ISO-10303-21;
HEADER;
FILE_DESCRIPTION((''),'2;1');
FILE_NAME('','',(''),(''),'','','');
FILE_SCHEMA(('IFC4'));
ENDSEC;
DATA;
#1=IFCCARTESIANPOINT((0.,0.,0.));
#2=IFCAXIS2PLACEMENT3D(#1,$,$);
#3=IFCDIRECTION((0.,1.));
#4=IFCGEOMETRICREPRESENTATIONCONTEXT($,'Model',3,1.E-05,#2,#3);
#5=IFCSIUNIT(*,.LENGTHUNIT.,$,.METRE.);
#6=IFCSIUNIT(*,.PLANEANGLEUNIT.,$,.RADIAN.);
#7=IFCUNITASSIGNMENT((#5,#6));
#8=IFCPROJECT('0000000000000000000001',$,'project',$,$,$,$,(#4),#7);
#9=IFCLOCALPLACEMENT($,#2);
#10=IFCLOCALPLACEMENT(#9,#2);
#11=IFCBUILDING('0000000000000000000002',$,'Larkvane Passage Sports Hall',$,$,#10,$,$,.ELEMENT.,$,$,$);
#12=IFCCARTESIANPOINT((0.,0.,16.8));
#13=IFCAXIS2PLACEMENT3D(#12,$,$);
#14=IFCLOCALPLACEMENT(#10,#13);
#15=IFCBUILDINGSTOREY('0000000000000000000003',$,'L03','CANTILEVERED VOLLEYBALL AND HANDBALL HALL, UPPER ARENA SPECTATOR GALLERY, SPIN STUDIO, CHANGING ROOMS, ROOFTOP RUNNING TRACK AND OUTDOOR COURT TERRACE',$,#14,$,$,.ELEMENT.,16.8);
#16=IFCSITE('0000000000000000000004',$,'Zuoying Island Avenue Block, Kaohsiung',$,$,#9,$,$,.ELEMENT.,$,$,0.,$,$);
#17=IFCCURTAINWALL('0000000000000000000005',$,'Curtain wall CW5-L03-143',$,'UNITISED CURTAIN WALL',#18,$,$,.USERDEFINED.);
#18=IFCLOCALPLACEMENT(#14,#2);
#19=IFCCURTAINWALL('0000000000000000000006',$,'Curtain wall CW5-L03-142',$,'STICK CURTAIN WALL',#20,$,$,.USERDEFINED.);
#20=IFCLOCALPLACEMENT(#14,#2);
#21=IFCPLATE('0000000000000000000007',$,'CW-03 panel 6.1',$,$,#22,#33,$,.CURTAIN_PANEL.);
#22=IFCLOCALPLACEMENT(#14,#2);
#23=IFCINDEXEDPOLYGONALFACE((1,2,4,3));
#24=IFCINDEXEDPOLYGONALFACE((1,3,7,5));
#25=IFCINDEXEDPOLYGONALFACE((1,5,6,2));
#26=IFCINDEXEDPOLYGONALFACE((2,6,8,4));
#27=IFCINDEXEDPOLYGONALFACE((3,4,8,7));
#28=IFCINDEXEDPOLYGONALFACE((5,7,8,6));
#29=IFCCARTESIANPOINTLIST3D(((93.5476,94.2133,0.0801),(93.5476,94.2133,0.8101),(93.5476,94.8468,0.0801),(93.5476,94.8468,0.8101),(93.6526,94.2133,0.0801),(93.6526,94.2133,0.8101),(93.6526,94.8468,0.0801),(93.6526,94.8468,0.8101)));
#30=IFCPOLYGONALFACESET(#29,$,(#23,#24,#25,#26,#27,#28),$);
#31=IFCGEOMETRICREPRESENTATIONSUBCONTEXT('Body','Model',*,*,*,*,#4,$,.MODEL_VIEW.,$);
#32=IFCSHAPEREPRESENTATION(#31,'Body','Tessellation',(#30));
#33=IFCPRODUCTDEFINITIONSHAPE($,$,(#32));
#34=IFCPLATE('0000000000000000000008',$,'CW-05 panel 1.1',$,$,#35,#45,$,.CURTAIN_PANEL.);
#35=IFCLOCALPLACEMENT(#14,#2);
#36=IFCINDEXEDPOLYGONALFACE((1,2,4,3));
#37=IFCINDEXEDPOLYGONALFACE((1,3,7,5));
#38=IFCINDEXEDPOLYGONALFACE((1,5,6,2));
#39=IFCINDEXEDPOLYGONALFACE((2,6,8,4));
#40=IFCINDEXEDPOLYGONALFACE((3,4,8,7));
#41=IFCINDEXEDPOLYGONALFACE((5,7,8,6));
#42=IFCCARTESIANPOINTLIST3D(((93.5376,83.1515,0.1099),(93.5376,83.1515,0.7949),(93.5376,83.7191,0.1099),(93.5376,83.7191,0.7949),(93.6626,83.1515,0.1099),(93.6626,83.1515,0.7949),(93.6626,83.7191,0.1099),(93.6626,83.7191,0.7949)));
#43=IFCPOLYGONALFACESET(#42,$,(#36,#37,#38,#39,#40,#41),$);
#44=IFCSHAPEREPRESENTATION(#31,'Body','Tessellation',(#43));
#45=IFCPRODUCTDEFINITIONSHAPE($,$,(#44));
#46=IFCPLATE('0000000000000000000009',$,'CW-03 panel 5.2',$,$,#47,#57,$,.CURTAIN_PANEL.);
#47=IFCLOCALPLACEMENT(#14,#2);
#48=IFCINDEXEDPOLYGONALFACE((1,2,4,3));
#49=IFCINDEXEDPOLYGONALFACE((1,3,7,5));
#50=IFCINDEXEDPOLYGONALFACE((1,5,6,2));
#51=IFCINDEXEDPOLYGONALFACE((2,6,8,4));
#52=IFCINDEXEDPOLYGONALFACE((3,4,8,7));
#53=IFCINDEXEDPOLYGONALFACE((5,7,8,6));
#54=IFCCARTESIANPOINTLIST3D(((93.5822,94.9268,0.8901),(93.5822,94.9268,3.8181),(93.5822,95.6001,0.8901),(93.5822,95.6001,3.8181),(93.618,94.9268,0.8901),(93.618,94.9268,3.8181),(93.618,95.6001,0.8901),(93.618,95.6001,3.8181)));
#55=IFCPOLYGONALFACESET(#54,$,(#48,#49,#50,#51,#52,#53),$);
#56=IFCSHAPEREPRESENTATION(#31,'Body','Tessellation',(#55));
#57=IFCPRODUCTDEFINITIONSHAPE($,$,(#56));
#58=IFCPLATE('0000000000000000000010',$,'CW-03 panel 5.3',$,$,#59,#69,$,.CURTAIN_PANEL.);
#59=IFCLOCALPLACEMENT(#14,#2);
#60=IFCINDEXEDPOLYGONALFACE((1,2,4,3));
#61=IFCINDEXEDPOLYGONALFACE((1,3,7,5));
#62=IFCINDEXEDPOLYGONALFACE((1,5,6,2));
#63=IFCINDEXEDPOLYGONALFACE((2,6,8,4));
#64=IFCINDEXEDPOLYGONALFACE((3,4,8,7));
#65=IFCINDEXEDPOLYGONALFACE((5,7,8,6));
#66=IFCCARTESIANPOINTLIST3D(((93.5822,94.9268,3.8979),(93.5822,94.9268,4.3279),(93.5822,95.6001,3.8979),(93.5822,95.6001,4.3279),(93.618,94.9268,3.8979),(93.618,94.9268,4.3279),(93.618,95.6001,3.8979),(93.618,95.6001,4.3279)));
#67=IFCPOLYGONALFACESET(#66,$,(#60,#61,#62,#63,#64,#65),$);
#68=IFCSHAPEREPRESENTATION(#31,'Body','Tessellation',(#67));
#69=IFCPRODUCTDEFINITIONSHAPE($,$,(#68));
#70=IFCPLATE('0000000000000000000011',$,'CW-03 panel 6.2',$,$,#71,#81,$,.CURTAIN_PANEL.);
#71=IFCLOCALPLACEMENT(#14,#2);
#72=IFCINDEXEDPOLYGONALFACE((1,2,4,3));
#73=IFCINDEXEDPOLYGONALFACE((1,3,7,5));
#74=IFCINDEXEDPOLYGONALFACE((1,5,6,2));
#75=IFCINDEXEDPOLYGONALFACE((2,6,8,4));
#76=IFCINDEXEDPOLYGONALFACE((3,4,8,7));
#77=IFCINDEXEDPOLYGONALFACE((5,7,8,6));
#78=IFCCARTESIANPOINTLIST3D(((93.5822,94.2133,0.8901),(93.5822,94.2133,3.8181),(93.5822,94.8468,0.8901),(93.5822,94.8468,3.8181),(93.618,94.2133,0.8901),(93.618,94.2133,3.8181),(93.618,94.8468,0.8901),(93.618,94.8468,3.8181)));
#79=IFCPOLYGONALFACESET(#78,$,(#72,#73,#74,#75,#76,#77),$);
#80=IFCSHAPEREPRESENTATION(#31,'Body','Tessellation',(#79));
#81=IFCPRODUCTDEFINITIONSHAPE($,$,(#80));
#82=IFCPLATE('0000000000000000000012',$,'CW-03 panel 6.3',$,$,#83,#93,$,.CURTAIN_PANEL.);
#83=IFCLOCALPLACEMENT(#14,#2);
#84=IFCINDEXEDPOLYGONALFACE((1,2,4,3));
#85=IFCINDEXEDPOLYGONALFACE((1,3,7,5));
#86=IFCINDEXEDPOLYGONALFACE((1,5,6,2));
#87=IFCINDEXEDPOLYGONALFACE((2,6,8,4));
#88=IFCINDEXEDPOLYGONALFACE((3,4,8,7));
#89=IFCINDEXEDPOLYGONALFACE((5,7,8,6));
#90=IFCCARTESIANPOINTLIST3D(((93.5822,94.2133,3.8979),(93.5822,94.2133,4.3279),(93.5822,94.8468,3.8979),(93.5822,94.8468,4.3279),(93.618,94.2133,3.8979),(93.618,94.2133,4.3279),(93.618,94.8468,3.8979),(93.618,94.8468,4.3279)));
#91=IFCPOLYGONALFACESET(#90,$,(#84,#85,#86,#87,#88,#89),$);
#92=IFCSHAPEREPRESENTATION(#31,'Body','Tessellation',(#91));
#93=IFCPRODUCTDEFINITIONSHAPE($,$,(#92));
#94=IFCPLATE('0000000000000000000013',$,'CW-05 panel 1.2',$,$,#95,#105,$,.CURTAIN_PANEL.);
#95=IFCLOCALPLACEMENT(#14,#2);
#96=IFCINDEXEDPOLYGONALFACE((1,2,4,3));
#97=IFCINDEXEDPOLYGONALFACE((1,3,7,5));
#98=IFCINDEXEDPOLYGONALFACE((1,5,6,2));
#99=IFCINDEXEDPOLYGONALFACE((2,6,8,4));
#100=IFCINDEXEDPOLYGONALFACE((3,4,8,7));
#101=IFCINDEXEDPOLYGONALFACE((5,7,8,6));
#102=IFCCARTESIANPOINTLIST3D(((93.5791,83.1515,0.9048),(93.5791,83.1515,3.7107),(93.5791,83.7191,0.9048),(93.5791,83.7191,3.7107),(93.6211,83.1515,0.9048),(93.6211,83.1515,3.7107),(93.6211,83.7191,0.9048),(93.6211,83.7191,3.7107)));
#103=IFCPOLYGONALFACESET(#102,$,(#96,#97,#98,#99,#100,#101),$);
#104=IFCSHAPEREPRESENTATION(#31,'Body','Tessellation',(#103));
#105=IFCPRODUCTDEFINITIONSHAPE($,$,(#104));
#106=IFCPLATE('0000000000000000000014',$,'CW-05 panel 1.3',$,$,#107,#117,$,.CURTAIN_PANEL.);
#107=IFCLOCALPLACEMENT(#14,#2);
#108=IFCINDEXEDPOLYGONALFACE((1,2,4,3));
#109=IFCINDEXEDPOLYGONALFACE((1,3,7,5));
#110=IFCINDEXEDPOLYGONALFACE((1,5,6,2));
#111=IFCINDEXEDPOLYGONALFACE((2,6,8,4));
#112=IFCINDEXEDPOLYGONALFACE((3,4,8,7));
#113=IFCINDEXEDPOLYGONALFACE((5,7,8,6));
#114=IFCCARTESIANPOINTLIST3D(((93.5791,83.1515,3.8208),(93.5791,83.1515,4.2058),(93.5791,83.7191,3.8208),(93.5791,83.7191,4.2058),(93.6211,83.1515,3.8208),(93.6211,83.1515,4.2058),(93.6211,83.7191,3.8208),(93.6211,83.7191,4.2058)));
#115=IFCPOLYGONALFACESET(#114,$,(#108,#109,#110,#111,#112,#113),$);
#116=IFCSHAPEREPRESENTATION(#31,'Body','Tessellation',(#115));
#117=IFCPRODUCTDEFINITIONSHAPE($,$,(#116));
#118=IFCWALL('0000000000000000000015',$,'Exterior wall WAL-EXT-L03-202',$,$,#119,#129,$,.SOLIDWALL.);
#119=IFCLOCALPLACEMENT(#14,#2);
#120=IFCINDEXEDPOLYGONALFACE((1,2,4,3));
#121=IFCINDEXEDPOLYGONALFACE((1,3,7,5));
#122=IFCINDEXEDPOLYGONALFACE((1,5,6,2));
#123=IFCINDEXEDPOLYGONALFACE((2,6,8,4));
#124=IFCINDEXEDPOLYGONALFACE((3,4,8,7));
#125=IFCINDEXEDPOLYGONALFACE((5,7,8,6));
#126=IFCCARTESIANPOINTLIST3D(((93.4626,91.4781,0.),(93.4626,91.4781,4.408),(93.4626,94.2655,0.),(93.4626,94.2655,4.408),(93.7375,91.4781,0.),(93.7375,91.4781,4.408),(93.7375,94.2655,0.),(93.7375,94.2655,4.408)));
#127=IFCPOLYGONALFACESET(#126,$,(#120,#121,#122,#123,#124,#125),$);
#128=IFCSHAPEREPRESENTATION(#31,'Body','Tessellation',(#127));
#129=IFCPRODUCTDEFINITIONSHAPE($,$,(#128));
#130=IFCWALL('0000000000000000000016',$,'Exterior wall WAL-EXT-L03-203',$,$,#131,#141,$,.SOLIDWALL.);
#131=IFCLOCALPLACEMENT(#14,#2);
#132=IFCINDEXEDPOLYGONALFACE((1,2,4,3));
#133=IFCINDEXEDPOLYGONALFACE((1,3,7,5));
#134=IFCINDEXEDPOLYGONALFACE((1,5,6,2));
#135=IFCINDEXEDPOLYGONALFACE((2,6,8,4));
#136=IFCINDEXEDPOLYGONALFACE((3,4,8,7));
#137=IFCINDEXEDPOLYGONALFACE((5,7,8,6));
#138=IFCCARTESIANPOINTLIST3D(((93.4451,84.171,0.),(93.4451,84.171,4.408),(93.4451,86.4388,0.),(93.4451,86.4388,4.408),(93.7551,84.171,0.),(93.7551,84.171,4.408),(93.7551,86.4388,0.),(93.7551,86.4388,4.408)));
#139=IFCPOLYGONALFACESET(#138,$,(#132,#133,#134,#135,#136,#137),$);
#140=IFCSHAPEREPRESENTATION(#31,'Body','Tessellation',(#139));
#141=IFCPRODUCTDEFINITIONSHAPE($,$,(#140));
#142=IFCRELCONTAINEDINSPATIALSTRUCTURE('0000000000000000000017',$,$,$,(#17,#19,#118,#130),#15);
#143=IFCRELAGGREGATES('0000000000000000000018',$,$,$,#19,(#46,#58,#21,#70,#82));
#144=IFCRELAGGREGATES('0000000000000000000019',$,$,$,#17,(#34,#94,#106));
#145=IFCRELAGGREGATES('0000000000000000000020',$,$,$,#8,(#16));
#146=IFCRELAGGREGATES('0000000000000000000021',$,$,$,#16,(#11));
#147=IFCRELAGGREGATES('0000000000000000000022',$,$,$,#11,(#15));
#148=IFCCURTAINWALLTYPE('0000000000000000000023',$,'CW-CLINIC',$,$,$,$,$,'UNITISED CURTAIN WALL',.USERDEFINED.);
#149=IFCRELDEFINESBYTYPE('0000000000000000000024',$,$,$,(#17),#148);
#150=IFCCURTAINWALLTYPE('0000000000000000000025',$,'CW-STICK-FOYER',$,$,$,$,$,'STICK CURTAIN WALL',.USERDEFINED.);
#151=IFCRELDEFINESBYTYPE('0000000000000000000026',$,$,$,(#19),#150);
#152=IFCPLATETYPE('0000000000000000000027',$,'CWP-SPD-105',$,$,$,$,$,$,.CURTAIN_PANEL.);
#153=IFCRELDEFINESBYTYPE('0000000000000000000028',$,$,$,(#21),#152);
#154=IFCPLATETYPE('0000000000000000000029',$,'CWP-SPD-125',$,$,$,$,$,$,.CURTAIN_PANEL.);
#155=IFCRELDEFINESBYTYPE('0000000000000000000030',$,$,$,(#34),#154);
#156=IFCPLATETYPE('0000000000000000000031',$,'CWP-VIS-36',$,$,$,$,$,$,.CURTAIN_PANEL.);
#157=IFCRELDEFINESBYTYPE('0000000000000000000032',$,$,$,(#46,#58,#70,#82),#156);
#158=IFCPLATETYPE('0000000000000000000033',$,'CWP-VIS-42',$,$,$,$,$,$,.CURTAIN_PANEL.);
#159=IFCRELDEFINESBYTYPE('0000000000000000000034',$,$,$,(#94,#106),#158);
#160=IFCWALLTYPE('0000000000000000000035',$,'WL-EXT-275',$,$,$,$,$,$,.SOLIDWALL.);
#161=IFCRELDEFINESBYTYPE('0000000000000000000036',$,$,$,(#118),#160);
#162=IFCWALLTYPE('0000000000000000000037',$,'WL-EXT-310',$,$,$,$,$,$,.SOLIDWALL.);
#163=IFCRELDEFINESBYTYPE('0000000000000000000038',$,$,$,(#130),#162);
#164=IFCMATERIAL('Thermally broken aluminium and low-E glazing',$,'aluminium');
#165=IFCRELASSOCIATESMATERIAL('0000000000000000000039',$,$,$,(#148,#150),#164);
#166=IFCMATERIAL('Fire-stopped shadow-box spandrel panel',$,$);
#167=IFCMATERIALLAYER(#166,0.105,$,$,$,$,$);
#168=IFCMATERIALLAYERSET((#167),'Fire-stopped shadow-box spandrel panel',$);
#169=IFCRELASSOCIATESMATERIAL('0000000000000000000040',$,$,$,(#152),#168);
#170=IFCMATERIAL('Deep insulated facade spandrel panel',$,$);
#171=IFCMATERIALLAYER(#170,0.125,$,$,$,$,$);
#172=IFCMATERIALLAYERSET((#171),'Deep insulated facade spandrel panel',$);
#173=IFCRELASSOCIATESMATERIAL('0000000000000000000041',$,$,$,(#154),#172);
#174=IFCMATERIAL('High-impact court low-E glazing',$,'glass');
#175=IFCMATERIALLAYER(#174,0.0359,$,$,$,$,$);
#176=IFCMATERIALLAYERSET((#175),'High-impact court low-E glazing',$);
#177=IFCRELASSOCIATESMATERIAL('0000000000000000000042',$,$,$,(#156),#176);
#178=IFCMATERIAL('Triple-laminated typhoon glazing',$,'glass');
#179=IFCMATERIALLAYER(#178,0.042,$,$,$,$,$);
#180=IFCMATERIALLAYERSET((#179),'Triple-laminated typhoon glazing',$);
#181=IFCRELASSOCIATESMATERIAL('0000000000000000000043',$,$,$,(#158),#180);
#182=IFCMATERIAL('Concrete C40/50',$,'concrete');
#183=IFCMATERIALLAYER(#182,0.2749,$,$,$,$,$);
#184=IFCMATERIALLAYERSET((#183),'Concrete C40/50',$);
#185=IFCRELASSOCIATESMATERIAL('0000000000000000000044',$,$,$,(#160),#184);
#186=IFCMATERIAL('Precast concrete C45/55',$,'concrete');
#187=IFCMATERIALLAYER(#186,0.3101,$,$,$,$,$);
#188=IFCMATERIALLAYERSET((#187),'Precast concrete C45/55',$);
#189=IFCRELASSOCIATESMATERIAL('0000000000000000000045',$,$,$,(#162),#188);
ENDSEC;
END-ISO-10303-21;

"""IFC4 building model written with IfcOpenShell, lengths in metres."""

from ifc_helpers import new_model, si_unit, direction, frame, frame_2d, origin, origin_2d, place, context, subcontext, project, spatial, rectangle, extrude, material, layer, layer_set, type_object, element, aggregate, save


model = new_model("IFC4")

# Units and contexts
model_context = context("Model", 3, precision=1e-05, world=origin(), true_north=direction((0.0, 1.0)))
body_context = subcontext(model_context, "Body", "Model", "MODEL_VIEW")
ifc_project = project(units=[si_unit("LENGTHUNIT", "METRE"), si_unit("PLANEANGLEUNIT", "RADIAN")], contexts=[model_context])

# Site, building, storey
site_placement = place(None, origin())
site = spatial("IfcSite", under=ifc_project, at=site_placement, Name="Zuoying Island Avenue Block, Kaohsiung", CompositionType="ELEMENT", RefElevation=0.0)
building_placement = place(site_placement, origin())
building = spatial("IfcBuilding", under=site, at=building_placement, Name="Larkvane Passage Sports Hall", CompositionType="ELEMENT")
storey_placement = place(building_placement, frame((0.0, 0.0, 16.8)))
storey = spatial("IfcBuildingStorey", under=building, at=storey_placement, Name="L03", Description="CANTILEVERED VOLLEYBALL AND HANDBALL HALL, UPPER ARENA SPECTATOR GALLERY, SPIN STUDIO, CHANGING ROOMS, ROOFTOP RUNNING TRACK AND OUTDOOR COURT TERRACE", CompositionType="ELEMENT", Elevation=16.8)

# Curtain walls
ifc_material_1 = material(Name="Thermally broken aluminium and low-E glazing", Category="aluminium")
curtain_wall_type_1 = type_object("IfcCurtainWallType", Name="CW-CLINIC", ElementType="UNITISED CURTAIN WALL", PredefinedType="USERDEFINED", material=ifc_material_1)
curtain_wall_1_placement = place(storey_placement, origin())
curtain_wall_1 = element("IfcCurtainWall", 1, at=curtain_wall_1_placement, inside=storey, type_object=curtain_wall_type_1, Name="Curtain wall CW5-L03-143", ObjectType="UNITISED CURTAIN WALL", PredefinedType="USERDEFINED")
curtain_wall_type_2 = type_object("IfcCurtainWallType", Name="CW-STICK-FOYER", ElementType="STICK CURTAIN WALL", PredefinedType="USERDEFINED", material=ifc_material_1)
curtain_wall_2_placement = place(storey_placement, origin())
curtain_wall_2 = element("IfcCurtainWall", 2, at=curtain_wall_2_placement, inside=storey, type_object=curtain_wall_type_2, Name="Curtain wall CW5-L03-142", ObjectType="STICK CURTAIN WALL", PredefinedType="USERDEFINED")

# Plates
ifc_material_2 = material(Name="Fire-stopped shadow-box spandrel panel")
ifc_layer_1 = layer(ifc_material_2, 0.105)
ifc_layer_set_1 = layer_set([ifc_layer_1], Name="Fire-stopped shadow-box spandrel panel")
plate_type_1 = type_object("IfcPlateType", Name="CWP-SPD-105", PredefinedType="CURTAIN_PANEL", material=ifc_layer_set_1)
plate_1_placement = place(storey_placement, frame((93.6001, 94.53, 0.0801), z_axis=(0.0, 0.0, 1.0), x_axis=(0.0, -1.0, 0.0)))
plate_1 = element("IfcPlate", 3, at=plate_1_placement, type_object=plate_type_1, Name="CW-03 panel 6.1", PredefinedType="CURTAIN_PANEL", context=body_context, shape_type="SweptSolid", body=[
    extrude(rectangle(XDim=0.6335, YDim=0.105, at=origin_2d()), origin(), (0.0, 0.0, 1.0), 0.73),
])
ifc_material_3 = material(Name="Deep insulated facade spandrel panel")
ifc_layer_2 = layer(ifc_material_3, 0.125)
ifc_layer_set_2 = layer_set([ifc_layer_2], Name="Deep insulated facade spandrel panel")
plate_type_2 = type_object("IfcPlateType", Name="CWP-SPD-125", PredefinedType="CURTAIN_PANEL", material=ifc_layer_set_2)
plate_2_placement = place(storey_placement, frame((93.6001, 83.4353, 0.1099), z_axis=(0.0, 0.0, 1.0), x_axis=(0.0, -1.0, 0.0)))
plate_2 = element("IfcPlate", 4, at=plate_2_placement, type_object=plate_type_2, Name="CW-05 panel 1.1", PredefinedType="CURTAIN_PANEL", context=body_context, shape_type="SweptSolid", body=[
    extrude(rectangle(XDim=0.5676, YDim=0.125, at=origin_2d()), origin(), (0.0, 0.0, 1.0), 0.6851),
])
ifc_material_4 = material(Name="High-impact court low-E glazing", Category="glass")
ifc_layer_3 = layer(ifc_material_4, 0.0359)
ifc_layer_set_3 = layer_set([ifc_layer_3], Name="High-impact court low-E glazing")
plate_type_3 = type_object("IfcPlateType", Name="CWP-VIS-36", PredefinedType="CURTAIN_PANEL", material=ifc_layer_set_3)
plate_3_placement = place(storey_placement, frame((93.6001, 95.2634, 0.8901), z_axis=(0.0, 0.0, 1.0), x_axis=(0.0, -1.0, 0.0)))
plate_3 = element("IfcPlate", 5, at=plate_3_placement, type_object=plate_type_3, Name="CW-03 panel 5.2", PredefinedType="CURTAIN_PANEL", context=body_context, shape_type="SweptSolid", body=[
    extrude(rectangle(XDim=0.6733, YDim=0.0359, at=origin_2d()), origin(), (0.0, 0.0, 1.0), 2.928),
])
plate_4_placement = place(storey_placement, frame((93.6001, 95.2634, 3.8979), z_axis=(0.0, 0.0, 1.0), x_axis=(0.0, -1.0, 0.0)))
plate_4 = element("IfcPlate", 6, at=plate_4_placement, type_object=plate_type_3, Name="CW-03 panel 5.3", PredefinedType="CURTAIN_PANEL", context=body_context, shape_type="SweptSolid", body=[
    extrude(rectangle(XDim=0.6733, YDim=0.0359, at=origin_2d()), origin(), (0.0, 0.0, 1.0), 0.4299),
])
plate_5_placement = place(storey_placement, frame((93.6001, 94.53, 0.8901), z_axis=(0.0, 0.0, 1.0), x_axis=(0.0, -1.0, 0.0)))
plate_5 = element("IfcPlate", 7, at=plate_5_placement, type_object=plate_type_3, Name="CW-03 panel 6.2", PredefinedType="CURTAIN_PANEL", context=body_context, shape_type="SweptSolid", body=[
    extrude(rectangle(XDim=0.6335, YDim=0.0359, at=origin_2d()), origin(), (0.0, 0.0, 1.0), 2.928),
])
plate_6_placement = place(storey_placement, frame((93.6001, 94.53, 3.8979), z_axis=(0.0, 0.0, 1.0), x_axis=(0.0, -1.0, 0.0)))
plate_6 = element("IfcPlate", 8, at=plate_6_placement, type_object=plate_type_3, Name="CW-03 panel 6.3", PredefinedType="CURTAIN_PANEL", context=body_context, shape_type="SweptSolid", body=[
    extrude(rectangle(XDim=0.6335, YDim=0.0359, at=origin_2d()), origin(), (0.0, 0.0, 1.0), 0.4299),
])
aggregate(curtain_wall_2, [plate_3, plate_4, plate_1, plate_5, plate_6])
ifc_material_5 = material(Name="Triple-laminated typhoon glazing", Category="glass")
ifc_layer_4 = layer(ifc_material_5, 0.042)
ifc_layer_set_4 = layer_set([ifc_layer_4], Name="Triple-laminated typhoon glazing")
plate_type_4 = type_object("IfcPlateType", Name="CWP-VIS-42", PredefinedType="CURTAIN_PANEL", material=ifc_layer_set_4)
plate_7_placement = place(storey_placement, frame((93.6001, 83.4353, 0.9048), z_axis=(0.0, 0.0, 1.0), x_axis=(0.0, -1.0, 0.0)))
plate_7 = element("IfcPlate", 9, at=plate_7_placement, type_object=plate_type_4, Name="CW-05 panel 1.2", PredefinedType="CURTAIN_PANEL", context=body_context, shape_type="SweptSolid", body=[
    extrude(rectangle(XDim=0.5676, YDim=0.042, at=origin_2d()), origin(), (0.0, 0.0, 1.0), 2.8059),
])
plate_8_placement = place(storey_placement, frame((93.6001, 83.4353, 3.8208), z_axis=(0.0, 0.0, 1.0), x_axis=(0.0, -1.0, 0.0)))
plate_8 = element("IfcPlate", 10, at=plate_8_placement, type_object=plate_type_4, Name="CW-05 panel 1.3", PredefinedType="CURTAIN_PANEL", context=body_context, shape_type="SweptSolid", body=[
    extrude(rectangle(XDim=0.5676, YDim=0.042, at=origin_2d()), origin(), (0.0, 0.0, 1.0), 0.385),
])
aggregate(curtain_wall_1, [plate_2, plate_7, plate_8])

# Walls
ifc_material_6 = material(Name="Concrete C40/50", Category="concrete")
ifc_layer_5 = layer(ifc_material_6, 0.2749)
ifc_layer_set_5 = layer_set([ifc_layer_5], Name="Concrete C40/50")
wall_type_1 = type_object("IfcWallType", Name="WL-EXT-275", PredefinedType="SOLIDWALL", material=ifc_layer_set_5)
wall_1_placement = place(storey_placement, frame((93.6001, 94.2654, 0.0), z_axis=(0.0, 0.0, 1.0), x_axis=(0.0, -1.0, 0.0)))
element("IfcWall", 11, at=wall_1_placement, inside=storey, type_object=wall_type_1, Name="Exterior wall WAL-EXT-L03-202", PredefinedType="SOLIDWALL", context=body_context, shape_type="SweptSolid", body=[
    extrude(rectangle(XDim=2.7874, YDim=0.2749, at=frame_2d((1.3936, 0.0))), origin(), (0.0, 0.0, 1.0), 4.408),
])
ifc_material_7 = material(Name="Precast concrete C45/55", Category="concrete")
ifc_layer_6 = layer(ifc_material_7, 0.3101)
ifc_layer_set_6 = layer_set([ifc_layer_6], Name="Precast concrete C45/55")
wall_type_2 = type_object("IfcWallType", Name="WL-EXT-310", PredefinedType="SOLIDWALL", material=ifc_layer_set_6)
wall_2_placement = place(storey_placement, frame((93.6001, 86.4387, 0.0), z_axis=(0.0, 0.0, 1.0), x_axis=(0.0, -1.0, 0.0)))
element("IfcWall", 12, at=wall_2_placement, inside=storey, type_object=wall_type_2, Name="Exterior wall WAL-EXT-L03-203", PredefinedType="SOLIDWALL", context=body_context, shape_type="SweptSolid", body=[
    extrude(rectangle(XDim=2.2678, YDim=0.3101, at=frame_2d((1.1338, 0.0))), origin(), (0.0, 0.0, 1.0), 4.408),
])

save(model, "model.ifc")
